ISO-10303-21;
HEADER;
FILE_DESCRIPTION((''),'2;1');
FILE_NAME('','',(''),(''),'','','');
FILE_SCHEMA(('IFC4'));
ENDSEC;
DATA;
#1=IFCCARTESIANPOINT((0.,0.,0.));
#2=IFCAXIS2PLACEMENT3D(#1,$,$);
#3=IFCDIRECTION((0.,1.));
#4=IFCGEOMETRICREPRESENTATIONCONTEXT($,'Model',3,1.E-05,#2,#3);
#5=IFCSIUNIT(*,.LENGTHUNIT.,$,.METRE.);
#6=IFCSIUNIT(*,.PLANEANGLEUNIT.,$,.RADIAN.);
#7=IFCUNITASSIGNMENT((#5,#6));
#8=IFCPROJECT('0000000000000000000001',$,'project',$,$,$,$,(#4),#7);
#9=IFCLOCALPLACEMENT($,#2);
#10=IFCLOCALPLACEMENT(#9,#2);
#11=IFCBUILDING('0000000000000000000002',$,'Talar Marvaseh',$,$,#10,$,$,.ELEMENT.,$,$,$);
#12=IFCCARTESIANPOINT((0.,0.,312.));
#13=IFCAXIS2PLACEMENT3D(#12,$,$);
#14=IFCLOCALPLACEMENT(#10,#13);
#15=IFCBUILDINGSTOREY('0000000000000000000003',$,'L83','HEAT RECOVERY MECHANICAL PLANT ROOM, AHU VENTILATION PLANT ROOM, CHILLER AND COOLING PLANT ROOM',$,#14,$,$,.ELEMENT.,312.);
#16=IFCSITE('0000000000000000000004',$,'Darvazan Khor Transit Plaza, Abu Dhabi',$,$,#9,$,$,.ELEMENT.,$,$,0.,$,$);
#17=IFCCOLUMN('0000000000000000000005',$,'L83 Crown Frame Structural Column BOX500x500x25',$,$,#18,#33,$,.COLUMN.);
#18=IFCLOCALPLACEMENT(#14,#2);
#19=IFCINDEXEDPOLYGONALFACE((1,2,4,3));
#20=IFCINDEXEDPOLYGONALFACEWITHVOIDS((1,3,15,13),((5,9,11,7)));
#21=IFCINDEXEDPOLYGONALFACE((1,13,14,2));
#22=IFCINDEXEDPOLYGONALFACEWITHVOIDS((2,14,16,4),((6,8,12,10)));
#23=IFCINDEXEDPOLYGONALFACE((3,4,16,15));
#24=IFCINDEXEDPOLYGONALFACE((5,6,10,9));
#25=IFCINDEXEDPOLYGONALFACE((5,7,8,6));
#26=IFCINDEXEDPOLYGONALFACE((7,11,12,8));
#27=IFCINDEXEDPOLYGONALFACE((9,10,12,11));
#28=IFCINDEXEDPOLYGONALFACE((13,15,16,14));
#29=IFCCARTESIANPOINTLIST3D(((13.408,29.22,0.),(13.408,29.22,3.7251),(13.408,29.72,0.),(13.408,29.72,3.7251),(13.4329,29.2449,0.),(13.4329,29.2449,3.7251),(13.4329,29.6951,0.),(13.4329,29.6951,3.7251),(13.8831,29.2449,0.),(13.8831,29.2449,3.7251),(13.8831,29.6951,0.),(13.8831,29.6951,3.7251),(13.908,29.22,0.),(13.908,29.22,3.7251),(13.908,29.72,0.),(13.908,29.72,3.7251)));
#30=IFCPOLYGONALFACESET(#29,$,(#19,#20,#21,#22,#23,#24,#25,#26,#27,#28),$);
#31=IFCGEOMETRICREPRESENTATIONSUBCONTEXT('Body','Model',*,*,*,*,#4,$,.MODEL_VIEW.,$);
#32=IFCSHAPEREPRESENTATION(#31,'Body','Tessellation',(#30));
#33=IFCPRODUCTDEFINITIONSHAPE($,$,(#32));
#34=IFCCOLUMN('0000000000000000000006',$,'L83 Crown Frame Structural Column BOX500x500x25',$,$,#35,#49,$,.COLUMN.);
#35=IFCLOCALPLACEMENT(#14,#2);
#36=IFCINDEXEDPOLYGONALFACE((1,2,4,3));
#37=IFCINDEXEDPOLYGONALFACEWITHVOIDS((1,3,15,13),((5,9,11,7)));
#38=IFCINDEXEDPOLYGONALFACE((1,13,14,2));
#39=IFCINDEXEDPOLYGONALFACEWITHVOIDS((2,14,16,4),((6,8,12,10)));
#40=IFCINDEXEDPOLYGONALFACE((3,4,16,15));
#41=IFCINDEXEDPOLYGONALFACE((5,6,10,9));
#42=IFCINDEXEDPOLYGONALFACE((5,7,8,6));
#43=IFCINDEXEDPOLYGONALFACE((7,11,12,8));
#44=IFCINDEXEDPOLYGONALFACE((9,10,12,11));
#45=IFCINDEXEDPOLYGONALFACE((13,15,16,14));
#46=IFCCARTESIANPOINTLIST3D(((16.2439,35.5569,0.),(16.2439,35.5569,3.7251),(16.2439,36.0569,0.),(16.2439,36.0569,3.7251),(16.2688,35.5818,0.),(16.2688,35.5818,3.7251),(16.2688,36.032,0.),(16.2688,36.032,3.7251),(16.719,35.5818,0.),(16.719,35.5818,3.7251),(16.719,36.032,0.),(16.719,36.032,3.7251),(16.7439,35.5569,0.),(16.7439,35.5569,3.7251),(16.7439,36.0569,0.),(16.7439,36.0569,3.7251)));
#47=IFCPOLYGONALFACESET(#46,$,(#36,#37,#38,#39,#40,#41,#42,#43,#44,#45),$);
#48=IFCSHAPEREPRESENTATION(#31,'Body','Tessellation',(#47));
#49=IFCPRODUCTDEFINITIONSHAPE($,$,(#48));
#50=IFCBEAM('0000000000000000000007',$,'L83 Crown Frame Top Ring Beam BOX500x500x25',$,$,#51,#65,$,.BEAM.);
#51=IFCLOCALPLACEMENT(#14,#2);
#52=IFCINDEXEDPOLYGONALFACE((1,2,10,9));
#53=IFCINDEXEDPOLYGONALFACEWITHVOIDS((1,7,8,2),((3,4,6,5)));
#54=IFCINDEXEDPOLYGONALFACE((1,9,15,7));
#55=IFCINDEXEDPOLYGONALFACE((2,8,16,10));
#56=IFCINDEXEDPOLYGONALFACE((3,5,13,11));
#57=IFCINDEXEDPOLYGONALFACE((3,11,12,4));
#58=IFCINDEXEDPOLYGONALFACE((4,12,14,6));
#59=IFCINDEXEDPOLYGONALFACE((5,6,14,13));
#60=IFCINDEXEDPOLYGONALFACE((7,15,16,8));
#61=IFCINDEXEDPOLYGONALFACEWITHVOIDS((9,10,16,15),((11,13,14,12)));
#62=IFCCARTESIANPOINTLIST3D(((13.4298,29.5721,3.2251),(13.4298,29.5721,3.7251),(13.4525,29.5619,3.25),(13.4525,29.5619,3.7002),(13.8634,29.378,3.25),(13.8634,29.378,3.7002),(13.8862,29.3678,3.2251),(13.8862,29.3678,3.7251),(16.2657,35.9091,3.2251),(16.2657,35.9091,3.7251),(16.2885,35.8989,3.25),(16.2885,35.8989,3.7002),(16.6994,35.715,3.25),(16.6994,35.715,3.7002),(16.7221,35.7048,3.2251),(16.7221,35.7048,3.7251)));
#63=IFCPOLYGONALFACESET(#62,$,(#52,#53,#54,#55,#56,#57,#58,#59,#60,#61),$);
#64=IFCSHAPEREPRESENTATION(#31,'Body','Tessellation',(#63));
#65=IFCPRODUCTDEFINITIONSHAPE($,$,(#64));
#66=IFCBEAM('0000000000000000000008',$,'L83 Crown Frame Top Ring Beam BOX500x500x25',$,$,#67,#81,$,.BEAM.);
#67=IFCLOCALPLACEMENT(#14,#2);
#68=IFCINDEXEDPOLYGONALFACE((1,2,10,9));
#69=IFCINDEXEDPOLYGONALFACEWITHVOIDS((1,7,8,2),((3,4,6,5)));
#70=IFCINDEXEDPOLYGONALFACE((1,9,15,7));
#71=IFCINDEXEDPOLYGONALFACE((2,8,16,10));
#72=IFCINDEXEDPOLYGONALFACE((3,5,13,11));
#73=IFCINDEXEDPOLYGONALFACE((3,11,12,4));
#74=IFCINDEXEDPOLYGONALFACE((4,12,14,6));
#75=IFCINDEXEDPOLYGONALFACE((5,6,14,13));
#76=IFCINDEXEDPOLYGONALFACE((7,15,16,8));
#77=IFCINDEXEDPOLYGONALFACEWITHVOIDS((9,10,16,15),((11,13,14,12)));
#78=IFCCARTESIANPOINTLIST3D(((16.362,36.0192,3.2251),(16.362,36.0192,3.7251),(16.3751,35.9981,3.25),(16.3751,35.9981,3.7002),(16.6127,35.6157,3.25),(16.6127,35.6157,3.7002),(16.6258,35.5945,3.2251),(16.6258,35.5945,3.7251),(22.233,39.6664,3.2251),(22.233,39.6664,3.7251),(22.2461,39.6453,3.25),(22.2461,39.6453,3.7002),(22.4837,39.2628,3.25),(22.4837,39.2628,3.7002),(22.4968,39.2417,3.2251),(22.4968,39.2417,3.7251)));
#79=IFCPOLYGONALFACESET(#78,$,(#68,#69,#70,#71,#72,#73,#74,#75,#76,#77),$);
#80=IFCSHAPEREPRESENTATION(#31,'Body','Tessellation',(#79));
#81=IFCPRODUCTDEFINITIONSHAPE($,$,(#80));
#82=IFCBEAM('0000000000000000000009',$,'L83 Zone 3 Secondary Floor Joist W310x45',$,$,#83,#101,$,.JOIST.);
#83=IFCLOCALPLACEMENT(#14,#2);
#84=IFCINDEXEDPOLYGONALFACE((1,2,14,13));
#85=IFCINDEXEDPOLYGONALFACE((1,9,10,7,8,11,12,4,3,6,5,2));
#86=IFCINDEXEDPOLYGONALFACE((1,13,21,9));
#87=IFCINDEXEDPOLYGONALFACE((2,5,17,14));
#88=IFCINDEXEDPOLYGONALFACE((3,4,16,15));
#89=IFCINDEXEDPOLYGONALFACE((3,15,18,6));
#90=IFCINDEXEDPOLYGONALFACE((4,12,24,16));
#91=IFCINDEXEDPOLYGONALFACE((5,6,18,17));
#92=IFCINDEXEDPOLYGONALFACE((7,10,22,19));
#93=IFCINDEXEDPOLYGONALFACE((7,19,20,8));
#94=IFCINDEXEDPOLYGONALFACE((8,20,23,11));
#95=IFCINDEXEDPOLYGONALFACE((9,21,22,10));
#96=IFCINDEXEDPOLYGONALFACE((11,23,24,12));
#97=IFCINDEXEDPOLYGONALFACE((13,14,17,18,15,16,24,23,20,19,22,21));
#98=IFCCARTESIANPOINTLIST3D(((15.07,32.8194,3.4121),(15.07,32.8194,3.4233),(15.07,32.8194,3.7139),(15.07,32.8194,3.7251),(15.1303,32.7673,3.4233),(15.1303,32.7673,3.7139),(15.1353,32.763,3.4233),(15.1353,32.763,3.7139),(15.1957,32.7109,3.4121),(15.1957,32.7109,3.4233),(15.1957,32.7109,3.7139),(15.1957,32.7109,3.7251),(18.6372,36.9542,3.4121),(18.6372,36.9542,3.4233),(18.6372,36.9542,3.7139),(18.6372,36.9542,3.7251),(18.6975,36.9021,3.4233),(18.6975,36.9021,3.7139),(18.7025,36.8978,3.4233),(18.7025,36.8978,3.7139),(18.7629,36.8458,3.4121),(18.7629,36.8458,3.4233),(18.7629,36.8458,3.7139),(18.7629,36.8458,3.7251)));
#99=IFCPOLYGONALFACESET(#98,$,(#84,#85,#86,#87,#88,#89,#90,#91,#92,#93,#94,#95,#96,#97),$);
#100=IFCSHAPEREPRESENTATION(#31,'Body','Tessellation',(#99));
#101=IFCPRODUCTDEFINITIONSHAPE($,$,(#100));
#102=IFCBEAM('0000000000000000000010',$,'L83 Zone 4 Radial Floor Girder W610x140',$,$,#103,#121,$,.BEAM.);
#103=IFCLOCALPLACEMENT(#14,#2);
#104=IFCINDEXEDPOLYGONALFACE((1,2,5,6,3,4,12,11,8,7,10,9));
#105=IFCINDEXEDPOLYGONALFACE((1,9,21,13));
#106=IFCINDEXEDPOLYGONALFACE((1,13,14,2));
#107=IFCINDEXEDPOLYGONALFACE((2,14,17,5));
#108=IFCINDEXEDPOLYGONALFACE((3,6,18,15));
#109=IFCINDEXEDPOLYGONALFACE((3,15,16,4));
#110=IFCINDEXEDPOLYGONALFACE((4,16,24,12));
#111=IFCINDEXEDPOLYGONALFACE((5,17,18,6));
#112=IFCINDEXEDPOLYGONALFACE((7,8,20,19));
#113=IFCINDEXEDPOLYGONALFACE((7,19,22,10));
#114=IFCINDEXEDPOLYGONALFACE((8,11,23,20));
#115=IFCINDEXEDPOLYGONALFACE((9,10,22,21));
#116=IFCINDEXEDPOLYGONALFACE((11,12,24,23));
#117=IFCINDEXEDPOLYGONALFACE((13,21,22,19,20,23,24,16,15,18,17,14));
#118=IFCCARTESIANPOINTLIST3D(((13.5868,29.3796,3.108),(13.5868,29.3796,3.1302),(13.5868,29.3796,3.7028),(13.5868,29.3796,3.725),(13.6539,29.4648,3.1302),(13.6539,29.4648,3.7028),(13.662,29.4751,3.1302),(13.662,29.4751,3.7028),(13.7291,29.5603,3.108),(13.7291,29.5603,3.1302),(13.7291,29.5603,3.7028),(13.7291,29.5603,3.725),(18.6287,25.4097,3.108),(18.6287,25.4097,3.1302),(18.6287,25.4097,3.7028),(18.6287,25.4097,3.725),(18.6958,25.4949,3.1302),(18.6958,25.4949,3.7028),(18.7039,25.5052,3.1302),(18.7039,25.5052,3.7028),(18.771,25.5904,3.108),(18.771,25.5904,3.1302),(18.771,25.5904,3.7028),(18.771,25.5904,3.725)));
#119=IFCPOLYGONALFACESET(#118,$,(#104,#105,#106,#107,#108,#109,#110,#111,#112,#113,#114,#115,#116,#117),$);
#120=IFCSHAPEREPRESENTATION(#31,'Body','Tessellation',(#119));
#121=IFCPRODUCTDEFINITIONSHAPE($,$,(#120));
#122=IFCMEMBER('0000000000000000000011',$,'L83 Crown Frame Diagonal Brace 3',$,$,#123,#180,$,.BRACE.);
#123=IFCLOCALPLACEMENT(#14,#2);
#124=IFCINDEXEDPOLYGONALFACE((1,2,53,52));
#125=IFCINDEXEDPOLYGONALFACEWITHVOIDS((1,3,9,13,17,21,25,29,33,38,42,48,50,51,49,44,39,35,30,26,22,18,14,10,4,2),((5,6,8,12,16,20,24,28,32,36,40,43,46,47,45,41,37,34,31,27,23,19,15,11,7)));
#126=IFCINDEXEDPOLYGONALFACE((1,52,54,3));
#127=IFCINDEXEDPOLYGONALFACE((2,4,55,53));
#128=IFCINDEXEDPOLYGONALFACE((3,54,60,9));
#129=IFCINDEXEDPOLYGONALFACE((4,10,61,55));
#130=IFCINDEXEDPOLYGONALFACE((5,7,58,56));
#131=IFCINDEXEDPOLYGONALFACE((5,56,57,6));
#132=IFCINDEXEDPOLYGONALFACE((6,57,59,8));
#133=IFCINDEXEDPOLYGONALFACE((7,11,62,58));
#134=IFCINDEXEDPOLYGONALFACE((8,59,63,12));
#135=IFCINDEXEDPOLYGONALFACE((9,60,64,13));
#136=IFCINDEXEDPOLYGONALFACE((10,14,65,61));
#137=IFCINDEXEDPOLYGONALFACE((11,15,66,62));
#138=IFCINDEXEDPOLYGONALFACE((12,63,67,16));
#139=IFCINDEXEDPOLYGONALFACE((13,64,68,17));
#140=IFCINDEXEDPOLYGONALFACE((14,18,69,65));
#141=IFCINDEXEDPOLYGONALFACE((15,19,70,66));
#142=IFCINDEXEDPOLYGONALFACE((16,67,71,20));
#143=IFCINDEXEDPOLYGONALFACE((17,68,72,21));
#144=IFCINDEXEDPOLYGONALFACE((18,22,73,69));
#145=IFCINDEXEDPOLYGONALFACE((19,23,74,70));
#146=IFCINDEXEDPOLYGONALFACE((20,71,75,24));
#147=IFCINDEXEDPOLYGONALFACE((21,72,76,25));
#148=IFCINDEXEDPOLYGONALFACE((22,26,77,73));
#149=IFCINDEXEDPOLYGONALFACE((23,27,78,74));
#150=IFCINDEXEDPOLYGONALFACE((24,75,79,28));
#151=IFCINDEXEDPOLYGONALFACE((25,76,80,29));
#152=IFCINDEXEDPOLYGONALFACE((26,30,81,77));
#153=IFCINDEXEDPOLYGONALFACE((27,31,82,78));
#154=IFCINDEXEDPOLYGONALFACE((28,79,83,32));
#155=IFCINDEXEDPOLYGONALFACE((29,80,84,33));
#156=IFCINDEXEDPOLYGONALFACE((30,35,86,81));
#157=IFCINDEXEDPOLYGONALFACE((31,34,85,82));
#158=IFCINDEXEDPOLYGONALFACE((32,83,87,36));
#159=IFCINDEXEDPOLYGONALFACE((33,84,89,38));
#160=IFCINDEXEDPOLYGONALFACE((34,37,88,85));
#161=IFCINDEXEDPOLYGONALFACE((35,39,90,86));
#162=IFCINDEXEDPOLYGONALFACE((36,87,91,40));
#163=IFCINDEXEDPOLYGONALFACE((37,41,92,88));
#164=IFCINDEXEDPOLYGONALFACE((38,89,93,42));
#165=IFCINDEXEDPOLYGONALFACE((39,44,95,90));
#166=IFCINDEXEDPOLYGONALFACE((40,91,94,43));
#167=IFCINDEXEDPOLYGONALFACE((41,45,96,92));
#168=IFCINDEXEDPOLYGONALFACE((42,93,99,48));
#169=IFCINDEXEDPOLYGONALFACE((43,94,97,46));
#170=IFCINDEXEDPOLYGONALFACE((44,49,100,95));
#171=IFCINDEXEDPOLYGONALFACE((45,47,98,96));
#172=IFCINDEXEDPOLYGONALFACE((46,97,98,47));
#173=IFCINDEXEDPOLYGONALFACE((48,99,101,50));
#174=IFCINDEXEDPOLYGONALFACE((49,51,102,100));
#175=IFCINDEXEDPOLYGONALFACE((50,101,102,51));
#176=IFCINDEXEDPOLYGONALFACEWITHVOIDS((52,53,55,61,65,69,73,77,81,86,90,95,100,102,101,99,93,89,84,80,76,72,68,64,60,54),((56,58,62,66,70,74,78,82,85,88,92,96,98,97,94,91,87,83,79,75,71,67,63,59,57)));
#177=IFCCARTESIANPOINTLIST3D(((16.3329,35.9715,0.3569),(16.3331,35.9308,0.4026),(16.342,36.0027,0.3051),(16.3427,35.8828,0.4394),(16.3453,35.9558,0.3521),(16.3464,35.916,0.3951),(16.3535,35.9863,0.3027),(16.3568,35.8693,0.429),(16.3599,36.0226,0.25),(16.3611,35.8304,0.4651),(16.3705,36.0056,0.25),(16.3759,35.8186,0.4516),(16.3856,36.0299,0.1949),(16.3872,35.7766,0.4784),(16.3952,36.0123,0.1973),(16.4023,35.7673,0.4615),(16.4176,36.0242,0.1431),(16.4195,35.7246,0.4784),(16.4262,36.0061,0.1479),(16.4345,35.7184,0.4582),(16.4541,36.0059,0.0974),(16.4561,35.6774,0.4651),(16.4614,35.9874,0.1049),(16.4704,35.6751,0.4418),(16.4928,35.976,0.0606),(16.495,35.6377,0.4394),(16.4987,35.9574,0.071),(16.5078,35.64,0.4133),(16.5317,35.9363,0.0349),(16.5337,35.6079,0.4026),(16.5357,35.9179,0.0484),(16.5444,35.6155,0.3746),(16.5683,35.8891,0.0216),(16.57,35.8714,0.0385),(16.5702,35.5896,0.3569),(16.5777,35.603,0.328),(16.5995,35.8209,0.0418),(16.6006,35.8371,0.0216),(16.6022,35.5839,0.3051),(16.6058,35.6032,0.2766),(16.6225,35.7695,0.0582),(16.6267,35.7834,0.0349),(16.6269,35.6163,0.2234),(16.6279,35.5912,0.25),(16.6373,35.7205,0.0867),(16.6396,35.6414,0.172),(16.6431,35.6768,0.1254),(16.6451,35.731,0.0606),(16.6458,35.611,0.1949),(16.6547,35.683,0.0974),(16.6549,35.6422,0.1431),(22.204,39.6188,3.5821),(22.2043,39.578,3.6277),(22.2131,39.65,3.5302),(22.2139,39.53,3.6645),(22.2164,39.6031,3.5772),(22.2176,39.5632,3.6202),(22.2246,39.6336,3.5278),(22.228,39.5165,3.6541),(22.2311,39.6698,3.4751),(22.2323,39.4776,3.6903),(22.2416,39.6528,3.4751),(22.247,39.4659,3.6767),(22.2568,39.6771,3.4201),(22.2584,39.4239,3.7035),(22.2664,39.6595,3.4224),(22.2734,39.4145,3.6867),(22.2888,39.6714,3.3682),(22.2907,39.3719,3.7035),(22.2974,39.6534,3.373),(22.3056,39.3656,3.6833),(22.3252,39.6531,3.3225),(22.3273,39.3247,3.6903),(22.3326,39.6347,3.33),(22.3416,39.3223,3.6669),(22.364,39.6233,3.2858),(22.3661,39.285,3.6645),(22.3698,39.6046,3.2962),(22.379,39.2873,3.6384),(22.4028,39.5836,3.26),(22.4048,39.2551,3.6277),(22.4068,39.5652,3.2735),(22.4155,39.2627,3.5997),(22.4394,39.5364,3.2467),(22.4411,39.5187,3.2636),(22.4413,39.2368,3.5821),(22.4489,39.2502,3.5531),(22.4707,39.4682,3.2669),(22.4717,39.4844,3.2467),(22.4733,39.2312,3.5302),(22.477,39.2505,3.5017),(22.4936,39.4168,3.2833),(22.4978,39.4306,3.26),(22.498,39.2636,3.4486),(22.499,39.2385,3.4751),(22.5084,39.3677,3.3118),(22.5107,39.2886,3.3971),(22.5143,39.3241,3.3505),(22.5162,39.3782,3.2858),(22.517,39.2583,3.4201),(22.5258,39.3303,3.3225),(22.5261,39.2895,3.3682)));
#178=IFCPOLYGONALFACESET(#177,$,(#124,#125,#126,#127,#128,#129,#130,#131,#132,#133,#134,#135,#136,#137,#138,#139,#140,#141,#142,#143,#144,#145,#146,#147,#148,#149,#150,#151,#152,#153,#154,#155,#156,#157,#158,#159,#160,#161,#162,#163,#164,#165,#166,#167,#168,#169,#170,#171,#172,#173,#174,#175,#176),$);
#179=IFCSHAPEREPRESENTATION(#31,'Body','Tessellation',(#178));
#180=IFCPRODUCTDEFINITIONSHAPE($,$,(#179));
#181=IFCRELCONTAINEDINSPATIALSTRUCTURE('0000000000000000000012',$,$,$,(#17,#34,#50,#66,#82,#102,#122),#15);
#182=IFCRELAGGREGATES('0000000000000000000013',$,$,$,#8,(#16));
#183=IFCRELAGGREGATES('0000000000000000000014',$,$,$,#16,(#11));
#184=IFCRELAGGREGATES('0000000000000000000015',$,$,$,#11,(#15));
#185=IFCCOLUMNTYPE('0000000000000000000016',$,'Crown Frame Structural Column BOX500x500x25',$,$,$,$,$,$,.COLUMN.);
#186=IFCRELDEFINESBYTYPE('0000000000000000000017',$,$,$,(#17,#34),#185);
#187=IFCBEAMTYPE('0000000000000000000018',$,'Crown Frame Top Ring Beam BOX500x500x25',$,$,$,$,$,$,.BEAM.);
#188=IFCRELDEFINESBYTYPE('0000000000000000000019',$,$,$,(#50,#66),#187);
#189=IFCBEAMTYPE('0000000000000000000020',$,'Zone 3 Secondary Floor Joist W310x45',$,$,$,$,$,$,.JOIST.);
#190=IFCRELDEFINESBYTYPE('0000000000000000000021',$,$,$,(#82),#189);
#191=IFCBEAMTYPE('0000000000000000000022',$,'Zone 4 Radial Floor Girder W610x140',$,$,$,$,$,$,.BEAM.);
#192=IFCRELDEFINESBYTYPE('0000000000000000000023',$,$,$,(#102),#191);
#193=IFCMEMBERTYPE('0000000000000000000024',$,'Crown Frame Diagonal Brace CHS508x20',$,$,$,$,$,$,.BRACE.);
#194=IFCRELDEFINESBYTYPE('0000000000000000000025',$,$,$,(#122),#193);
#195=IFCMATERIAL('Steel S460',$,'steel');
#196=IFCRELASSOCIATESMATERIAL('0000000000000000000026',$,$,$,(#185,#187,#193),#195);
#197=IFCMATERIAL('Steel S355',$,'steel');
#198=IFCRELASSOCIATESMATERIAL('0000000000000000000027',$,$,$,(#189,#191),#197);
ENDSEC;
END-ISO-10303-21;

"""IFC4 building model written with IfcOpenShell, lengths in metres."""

from ifc_helpers import new_model, si_unit, direction, frame, origin, origin_2d, place, context, subcontext, project, spatial, hollow_rectangle, hollow_circle, i_section, extrude, source, transform, mapped, material, material_profile, profile_set, type_object, type_shapes, element, save


model = new_model("IFC4")

# Units and contexts
model_context = context("Model", 3, precision=1e-05, world=origin(), true_north=direction((0.0, 1.0)))
body_context = subcontext(model_context, "Body", "Model", "MODEL_VIEW")
ifc_project = project(units=[si_unit("LENGTHUNIT", "METRE"), si_unit("PLANEANGLEUNIT", "RADIAN")], contexts=[model_context])

# Site, building, storey
site_placement = place(None, origin())
site = spatial("IfcSite", under=ifc_project, at=site_placement, Name="Darvazan Khor Transit Plaza, Abu Dhabi", CompositionType="ELEMENT", RefElevation=0.0)
building_placement = place(site_placement, origin())
building = spatial("IfcBuilding", under=site, at=building_placement, Name="Talar Marvaseh", CompositionType="ELEMENT")
storey_placement = place(building_placement, frame((0.0, 0.0, 312.0)))
storey = spatial("IfcBuildingStorey", under=building, at=storey_placement, Name="L83", Description="HEAT RECOVERY MECHANICAL PLANT ROOM, AHU VENTILATION PLANT ROOM, CHILLER AND COOLING PLANT ROOM", CompositionType="ELEMENT", Elevation=312.0)

# Columns
ifc_material_1 = material(Name="Steel S460", Category="steel")
ifc_material_profile_1 = material_profile(ifc_material_1, hollow_rectangle(XDim=0.5, YDim=0.5, WallThickness=0.0249, at=origin_2d()), Name="BOX500x500x25")
ifc_profile_set_1 = profile_set([ifc_material_profile_1], Name="Steel S460")
column_type = type_object("IfcColumnType", Name="Crown Frame Structural Column BOX500x500x25", PredefinedType="COLUMN", material=ifc_profile_set_1)
for number, where, z_axis, x_axis, name in (
    (1, (13.658, 29.47, 0.0), (0.0, 0.0, 1.0), (1.0, 0.0, 0.0), "L83 Crown Frame Structural Column BOX500x500x25"),
    (2, (16.4939, 35.8069, 0.0), (0.0, 0.0, 1.0), (1.0, 0.0, 0.0), "L83 Crown Frame Structural Column BOX500x500x25"),
):
    element("IfcColumn", number, at=place(storey_placement, frame(where, z_axis=z_axis, x_axis=x_axis)), inside=storey, type_object=column_type, Name=name, PredefinedType="COLUMN", context=body_context, shape_type="SweptSolid", body=[
        extrude(hollow_rectangle(XDim=0.5, YDim=0.5, WallThickness=0.0249, at=origin_2d()), origin(), (0.0, 0.0, 1.0), 3.7251),
    ])

# Beams
ifc_material_profile_2 = material_profile(ifc_material_1, hollow_rectangle(XDim=0.5, YDim=0.5, WallThickness=0.0249, at=origin_2d()), Name="BOX500x500x25")
ifc_profile_set_2 = profile_set([ifc_material_profile_2], Name="Steel S460")
beam_type_1 = type_object("IfcBeamType", Name="Crown Frame Top Ring Beam BOX500x500x25", PredefinedType="BEAM", material=ifc_profile_set_2)
beam_1_placement = place(storey_placement, frame((13.658, 29.47, 3.4751), z_axis=(0.408486, 0.912764, 0.0), x_axis=(-0.912764, 0.408486, 0.0)))
element("IfcBeam", 3, at=beam_1_placement, inside=storey, type_object=beam_type_1, Name="L83 Crown Frame Top Ring Beam BOX500x500x25", PredefinedType="BEAM", context=body_context, shape_type="SweptSolid", body=[
    extrude(hollow_rectangle(XDim=0.5, YDim=0.5, WallThickness=0.0249, at=origin_2d()), origin(), (0.0, 0.0, 1.0), 6.9426),
])
beam_2_placement = place(storey_placement, frame((16.4939, 35.8069, 3.4751), z_axis=(0.84944, 0.527686, 0.0), x_axis=(-0.527686, 0.84944, 0.0)))
element("IfcBeam", 4, at=beam_2_placement, inside=storey, type_object=beam_type_1, Name="L83 Crown Frame Top Ring Beam BOX500x500x25", PredefinedType="BEAM", context=body_context, shape_type="SweptSolid", body=[
    extrude(hollow_rectangle(XDim=0.5, YDim=0.5, WallThickness=0.0249, at=origin_2d()), origin(), (0.0, 0.0, 1.0), 6.9116),
])
ifc_material_2 = material(Name="Steel S355", Category="steel")
ifc_material_profile_3 = material_profile(ifc_material_2, i_section(OverallWidth=0.166, OverallDepth=0.313, WebThickness=0.0066, FlangeThickness=0.0112, at=origin_2d()), Name="W310x45")
ifc_profile_set_3 = profile_set([ifc_material_profile_3], Name="Steel S355")
beam_type_2 = type_object("IfcBeamType", Name="Zone 3 Secondary Floor Joist W310x45", PredefinedType="JOIST", material=ifc_profile_set_3)
beam_3_placement = place(storey_placement, frame((15.1328, 32.7651, 3.5686), z_axis=(0.653222, 0.757167, 0.0), x_axis=(-0.757167, 0.653222, 0.0)))
element("IfcBeam", 5, at=beam_3_placement, inside=storey, type_object=beam_type_2, Name="L83 Zone 3 Secondary Floor Joist W310x45", PredefinedType="JOIST", context=body_context, shape_type="SweptSolid", body=[
    extrude(i_section(OverallWidth=0.166, OverallDepth=0.313, WebThickness=0.0066, FlangeThickness=0.0112, at=origin_2d()), origin(), (0.0, 0.0, 1.0), 5.4609),
])
ifc_material_profile_4 = material_profile(ifc_material_2, i_section(OverallWidth=0.23, OverallDepth=0.6169, WebThickness=0.0132, FlangeThickness=0.0222, at=origin_2d()), Name="W610x140")
ifc_profile_set_4 = profile_set([ifc_material_profile_4], Name="Steel S355")
beam_type_3 = type_object("IfcBeamType", Name="Zone 4 Radial Floor Girder W610x140", PredefinedType="BEAM", material=ifc_profile_set_4)
beam_4_placement = place(storey_placement, frame((13.658, 29.47, 3.4165), z_axis=(0.785682, -0.618631, 0.0), x_axis=(0.618631, 0.785682, 0.0)))
element("IfcBeam", 6, at=beam_4_placement, inside=storey, type_object=beam_type_3, Name="L83 Zone 4 Radial Floor Girder W610x140", PredefinedType="BEAM", context=body_context, shape_type="SweptSolid", body=[
    extrude(i_section(OverallWidth=0.23, OverallDepth=0.6169, WebThickness=0.0132, FlangeThickness=0.0222, at=origin_2d()), origin(), (0.0, 0.0, 1.0), 6.4172),
])

# Member
ifc_material_profile_5 = material_profile(ifc_material_1, hollow_circle(Radius=0.2539, WallThickness=0.02, at=origin_2d()), Name="CHS508x20")
ifc_profile_set_5 = profile_set([ifc_material_profile_5], Name="Steel S460")
member_type_1 = type_object("IfcMemberType", Name="Crown Frame Diagonal Brace CHS508x20", PredefinedType="BRACE", material=ifc_profile_set_5)
shared_shape_1 = source(origin(), body_context, "Body", "SweptSolid", [
    extrude(hollow_circle(Radius=0.2539, WallThickness=0.02, at=origin_2d()), origin(), (0.0, 0.0, 1.0), 7.6272),
])
type_shapes(member_type_1, [shared_shape_1])
member_1_placement = place(storey_placement, frame((16.4939, 35.8069, 0.25), z_axis=(0.769764, 0.47819, 0.422845), x_axis=(-0.527686, 0.84944, 0.0)))
element("IfcMember", 7, at=member_1_placement, inside=storey, type_object=member_type_1, Name="L83 Crown Frame Diagonal Brace 3", PredefinedType="BRACE", context=body_context, shape_type="MappedRepresentation", body=[
    mapped(shared_shape_1, transform((0.0, 0.0, 0.0), x_axis=(1.0, 0.0, 0.0), y_axis=(0.0, 1.0, 0.0), z_axis=(0.0, 0.0, 1.0), scale=1.0)),
])

save(model, "model.ifc")
